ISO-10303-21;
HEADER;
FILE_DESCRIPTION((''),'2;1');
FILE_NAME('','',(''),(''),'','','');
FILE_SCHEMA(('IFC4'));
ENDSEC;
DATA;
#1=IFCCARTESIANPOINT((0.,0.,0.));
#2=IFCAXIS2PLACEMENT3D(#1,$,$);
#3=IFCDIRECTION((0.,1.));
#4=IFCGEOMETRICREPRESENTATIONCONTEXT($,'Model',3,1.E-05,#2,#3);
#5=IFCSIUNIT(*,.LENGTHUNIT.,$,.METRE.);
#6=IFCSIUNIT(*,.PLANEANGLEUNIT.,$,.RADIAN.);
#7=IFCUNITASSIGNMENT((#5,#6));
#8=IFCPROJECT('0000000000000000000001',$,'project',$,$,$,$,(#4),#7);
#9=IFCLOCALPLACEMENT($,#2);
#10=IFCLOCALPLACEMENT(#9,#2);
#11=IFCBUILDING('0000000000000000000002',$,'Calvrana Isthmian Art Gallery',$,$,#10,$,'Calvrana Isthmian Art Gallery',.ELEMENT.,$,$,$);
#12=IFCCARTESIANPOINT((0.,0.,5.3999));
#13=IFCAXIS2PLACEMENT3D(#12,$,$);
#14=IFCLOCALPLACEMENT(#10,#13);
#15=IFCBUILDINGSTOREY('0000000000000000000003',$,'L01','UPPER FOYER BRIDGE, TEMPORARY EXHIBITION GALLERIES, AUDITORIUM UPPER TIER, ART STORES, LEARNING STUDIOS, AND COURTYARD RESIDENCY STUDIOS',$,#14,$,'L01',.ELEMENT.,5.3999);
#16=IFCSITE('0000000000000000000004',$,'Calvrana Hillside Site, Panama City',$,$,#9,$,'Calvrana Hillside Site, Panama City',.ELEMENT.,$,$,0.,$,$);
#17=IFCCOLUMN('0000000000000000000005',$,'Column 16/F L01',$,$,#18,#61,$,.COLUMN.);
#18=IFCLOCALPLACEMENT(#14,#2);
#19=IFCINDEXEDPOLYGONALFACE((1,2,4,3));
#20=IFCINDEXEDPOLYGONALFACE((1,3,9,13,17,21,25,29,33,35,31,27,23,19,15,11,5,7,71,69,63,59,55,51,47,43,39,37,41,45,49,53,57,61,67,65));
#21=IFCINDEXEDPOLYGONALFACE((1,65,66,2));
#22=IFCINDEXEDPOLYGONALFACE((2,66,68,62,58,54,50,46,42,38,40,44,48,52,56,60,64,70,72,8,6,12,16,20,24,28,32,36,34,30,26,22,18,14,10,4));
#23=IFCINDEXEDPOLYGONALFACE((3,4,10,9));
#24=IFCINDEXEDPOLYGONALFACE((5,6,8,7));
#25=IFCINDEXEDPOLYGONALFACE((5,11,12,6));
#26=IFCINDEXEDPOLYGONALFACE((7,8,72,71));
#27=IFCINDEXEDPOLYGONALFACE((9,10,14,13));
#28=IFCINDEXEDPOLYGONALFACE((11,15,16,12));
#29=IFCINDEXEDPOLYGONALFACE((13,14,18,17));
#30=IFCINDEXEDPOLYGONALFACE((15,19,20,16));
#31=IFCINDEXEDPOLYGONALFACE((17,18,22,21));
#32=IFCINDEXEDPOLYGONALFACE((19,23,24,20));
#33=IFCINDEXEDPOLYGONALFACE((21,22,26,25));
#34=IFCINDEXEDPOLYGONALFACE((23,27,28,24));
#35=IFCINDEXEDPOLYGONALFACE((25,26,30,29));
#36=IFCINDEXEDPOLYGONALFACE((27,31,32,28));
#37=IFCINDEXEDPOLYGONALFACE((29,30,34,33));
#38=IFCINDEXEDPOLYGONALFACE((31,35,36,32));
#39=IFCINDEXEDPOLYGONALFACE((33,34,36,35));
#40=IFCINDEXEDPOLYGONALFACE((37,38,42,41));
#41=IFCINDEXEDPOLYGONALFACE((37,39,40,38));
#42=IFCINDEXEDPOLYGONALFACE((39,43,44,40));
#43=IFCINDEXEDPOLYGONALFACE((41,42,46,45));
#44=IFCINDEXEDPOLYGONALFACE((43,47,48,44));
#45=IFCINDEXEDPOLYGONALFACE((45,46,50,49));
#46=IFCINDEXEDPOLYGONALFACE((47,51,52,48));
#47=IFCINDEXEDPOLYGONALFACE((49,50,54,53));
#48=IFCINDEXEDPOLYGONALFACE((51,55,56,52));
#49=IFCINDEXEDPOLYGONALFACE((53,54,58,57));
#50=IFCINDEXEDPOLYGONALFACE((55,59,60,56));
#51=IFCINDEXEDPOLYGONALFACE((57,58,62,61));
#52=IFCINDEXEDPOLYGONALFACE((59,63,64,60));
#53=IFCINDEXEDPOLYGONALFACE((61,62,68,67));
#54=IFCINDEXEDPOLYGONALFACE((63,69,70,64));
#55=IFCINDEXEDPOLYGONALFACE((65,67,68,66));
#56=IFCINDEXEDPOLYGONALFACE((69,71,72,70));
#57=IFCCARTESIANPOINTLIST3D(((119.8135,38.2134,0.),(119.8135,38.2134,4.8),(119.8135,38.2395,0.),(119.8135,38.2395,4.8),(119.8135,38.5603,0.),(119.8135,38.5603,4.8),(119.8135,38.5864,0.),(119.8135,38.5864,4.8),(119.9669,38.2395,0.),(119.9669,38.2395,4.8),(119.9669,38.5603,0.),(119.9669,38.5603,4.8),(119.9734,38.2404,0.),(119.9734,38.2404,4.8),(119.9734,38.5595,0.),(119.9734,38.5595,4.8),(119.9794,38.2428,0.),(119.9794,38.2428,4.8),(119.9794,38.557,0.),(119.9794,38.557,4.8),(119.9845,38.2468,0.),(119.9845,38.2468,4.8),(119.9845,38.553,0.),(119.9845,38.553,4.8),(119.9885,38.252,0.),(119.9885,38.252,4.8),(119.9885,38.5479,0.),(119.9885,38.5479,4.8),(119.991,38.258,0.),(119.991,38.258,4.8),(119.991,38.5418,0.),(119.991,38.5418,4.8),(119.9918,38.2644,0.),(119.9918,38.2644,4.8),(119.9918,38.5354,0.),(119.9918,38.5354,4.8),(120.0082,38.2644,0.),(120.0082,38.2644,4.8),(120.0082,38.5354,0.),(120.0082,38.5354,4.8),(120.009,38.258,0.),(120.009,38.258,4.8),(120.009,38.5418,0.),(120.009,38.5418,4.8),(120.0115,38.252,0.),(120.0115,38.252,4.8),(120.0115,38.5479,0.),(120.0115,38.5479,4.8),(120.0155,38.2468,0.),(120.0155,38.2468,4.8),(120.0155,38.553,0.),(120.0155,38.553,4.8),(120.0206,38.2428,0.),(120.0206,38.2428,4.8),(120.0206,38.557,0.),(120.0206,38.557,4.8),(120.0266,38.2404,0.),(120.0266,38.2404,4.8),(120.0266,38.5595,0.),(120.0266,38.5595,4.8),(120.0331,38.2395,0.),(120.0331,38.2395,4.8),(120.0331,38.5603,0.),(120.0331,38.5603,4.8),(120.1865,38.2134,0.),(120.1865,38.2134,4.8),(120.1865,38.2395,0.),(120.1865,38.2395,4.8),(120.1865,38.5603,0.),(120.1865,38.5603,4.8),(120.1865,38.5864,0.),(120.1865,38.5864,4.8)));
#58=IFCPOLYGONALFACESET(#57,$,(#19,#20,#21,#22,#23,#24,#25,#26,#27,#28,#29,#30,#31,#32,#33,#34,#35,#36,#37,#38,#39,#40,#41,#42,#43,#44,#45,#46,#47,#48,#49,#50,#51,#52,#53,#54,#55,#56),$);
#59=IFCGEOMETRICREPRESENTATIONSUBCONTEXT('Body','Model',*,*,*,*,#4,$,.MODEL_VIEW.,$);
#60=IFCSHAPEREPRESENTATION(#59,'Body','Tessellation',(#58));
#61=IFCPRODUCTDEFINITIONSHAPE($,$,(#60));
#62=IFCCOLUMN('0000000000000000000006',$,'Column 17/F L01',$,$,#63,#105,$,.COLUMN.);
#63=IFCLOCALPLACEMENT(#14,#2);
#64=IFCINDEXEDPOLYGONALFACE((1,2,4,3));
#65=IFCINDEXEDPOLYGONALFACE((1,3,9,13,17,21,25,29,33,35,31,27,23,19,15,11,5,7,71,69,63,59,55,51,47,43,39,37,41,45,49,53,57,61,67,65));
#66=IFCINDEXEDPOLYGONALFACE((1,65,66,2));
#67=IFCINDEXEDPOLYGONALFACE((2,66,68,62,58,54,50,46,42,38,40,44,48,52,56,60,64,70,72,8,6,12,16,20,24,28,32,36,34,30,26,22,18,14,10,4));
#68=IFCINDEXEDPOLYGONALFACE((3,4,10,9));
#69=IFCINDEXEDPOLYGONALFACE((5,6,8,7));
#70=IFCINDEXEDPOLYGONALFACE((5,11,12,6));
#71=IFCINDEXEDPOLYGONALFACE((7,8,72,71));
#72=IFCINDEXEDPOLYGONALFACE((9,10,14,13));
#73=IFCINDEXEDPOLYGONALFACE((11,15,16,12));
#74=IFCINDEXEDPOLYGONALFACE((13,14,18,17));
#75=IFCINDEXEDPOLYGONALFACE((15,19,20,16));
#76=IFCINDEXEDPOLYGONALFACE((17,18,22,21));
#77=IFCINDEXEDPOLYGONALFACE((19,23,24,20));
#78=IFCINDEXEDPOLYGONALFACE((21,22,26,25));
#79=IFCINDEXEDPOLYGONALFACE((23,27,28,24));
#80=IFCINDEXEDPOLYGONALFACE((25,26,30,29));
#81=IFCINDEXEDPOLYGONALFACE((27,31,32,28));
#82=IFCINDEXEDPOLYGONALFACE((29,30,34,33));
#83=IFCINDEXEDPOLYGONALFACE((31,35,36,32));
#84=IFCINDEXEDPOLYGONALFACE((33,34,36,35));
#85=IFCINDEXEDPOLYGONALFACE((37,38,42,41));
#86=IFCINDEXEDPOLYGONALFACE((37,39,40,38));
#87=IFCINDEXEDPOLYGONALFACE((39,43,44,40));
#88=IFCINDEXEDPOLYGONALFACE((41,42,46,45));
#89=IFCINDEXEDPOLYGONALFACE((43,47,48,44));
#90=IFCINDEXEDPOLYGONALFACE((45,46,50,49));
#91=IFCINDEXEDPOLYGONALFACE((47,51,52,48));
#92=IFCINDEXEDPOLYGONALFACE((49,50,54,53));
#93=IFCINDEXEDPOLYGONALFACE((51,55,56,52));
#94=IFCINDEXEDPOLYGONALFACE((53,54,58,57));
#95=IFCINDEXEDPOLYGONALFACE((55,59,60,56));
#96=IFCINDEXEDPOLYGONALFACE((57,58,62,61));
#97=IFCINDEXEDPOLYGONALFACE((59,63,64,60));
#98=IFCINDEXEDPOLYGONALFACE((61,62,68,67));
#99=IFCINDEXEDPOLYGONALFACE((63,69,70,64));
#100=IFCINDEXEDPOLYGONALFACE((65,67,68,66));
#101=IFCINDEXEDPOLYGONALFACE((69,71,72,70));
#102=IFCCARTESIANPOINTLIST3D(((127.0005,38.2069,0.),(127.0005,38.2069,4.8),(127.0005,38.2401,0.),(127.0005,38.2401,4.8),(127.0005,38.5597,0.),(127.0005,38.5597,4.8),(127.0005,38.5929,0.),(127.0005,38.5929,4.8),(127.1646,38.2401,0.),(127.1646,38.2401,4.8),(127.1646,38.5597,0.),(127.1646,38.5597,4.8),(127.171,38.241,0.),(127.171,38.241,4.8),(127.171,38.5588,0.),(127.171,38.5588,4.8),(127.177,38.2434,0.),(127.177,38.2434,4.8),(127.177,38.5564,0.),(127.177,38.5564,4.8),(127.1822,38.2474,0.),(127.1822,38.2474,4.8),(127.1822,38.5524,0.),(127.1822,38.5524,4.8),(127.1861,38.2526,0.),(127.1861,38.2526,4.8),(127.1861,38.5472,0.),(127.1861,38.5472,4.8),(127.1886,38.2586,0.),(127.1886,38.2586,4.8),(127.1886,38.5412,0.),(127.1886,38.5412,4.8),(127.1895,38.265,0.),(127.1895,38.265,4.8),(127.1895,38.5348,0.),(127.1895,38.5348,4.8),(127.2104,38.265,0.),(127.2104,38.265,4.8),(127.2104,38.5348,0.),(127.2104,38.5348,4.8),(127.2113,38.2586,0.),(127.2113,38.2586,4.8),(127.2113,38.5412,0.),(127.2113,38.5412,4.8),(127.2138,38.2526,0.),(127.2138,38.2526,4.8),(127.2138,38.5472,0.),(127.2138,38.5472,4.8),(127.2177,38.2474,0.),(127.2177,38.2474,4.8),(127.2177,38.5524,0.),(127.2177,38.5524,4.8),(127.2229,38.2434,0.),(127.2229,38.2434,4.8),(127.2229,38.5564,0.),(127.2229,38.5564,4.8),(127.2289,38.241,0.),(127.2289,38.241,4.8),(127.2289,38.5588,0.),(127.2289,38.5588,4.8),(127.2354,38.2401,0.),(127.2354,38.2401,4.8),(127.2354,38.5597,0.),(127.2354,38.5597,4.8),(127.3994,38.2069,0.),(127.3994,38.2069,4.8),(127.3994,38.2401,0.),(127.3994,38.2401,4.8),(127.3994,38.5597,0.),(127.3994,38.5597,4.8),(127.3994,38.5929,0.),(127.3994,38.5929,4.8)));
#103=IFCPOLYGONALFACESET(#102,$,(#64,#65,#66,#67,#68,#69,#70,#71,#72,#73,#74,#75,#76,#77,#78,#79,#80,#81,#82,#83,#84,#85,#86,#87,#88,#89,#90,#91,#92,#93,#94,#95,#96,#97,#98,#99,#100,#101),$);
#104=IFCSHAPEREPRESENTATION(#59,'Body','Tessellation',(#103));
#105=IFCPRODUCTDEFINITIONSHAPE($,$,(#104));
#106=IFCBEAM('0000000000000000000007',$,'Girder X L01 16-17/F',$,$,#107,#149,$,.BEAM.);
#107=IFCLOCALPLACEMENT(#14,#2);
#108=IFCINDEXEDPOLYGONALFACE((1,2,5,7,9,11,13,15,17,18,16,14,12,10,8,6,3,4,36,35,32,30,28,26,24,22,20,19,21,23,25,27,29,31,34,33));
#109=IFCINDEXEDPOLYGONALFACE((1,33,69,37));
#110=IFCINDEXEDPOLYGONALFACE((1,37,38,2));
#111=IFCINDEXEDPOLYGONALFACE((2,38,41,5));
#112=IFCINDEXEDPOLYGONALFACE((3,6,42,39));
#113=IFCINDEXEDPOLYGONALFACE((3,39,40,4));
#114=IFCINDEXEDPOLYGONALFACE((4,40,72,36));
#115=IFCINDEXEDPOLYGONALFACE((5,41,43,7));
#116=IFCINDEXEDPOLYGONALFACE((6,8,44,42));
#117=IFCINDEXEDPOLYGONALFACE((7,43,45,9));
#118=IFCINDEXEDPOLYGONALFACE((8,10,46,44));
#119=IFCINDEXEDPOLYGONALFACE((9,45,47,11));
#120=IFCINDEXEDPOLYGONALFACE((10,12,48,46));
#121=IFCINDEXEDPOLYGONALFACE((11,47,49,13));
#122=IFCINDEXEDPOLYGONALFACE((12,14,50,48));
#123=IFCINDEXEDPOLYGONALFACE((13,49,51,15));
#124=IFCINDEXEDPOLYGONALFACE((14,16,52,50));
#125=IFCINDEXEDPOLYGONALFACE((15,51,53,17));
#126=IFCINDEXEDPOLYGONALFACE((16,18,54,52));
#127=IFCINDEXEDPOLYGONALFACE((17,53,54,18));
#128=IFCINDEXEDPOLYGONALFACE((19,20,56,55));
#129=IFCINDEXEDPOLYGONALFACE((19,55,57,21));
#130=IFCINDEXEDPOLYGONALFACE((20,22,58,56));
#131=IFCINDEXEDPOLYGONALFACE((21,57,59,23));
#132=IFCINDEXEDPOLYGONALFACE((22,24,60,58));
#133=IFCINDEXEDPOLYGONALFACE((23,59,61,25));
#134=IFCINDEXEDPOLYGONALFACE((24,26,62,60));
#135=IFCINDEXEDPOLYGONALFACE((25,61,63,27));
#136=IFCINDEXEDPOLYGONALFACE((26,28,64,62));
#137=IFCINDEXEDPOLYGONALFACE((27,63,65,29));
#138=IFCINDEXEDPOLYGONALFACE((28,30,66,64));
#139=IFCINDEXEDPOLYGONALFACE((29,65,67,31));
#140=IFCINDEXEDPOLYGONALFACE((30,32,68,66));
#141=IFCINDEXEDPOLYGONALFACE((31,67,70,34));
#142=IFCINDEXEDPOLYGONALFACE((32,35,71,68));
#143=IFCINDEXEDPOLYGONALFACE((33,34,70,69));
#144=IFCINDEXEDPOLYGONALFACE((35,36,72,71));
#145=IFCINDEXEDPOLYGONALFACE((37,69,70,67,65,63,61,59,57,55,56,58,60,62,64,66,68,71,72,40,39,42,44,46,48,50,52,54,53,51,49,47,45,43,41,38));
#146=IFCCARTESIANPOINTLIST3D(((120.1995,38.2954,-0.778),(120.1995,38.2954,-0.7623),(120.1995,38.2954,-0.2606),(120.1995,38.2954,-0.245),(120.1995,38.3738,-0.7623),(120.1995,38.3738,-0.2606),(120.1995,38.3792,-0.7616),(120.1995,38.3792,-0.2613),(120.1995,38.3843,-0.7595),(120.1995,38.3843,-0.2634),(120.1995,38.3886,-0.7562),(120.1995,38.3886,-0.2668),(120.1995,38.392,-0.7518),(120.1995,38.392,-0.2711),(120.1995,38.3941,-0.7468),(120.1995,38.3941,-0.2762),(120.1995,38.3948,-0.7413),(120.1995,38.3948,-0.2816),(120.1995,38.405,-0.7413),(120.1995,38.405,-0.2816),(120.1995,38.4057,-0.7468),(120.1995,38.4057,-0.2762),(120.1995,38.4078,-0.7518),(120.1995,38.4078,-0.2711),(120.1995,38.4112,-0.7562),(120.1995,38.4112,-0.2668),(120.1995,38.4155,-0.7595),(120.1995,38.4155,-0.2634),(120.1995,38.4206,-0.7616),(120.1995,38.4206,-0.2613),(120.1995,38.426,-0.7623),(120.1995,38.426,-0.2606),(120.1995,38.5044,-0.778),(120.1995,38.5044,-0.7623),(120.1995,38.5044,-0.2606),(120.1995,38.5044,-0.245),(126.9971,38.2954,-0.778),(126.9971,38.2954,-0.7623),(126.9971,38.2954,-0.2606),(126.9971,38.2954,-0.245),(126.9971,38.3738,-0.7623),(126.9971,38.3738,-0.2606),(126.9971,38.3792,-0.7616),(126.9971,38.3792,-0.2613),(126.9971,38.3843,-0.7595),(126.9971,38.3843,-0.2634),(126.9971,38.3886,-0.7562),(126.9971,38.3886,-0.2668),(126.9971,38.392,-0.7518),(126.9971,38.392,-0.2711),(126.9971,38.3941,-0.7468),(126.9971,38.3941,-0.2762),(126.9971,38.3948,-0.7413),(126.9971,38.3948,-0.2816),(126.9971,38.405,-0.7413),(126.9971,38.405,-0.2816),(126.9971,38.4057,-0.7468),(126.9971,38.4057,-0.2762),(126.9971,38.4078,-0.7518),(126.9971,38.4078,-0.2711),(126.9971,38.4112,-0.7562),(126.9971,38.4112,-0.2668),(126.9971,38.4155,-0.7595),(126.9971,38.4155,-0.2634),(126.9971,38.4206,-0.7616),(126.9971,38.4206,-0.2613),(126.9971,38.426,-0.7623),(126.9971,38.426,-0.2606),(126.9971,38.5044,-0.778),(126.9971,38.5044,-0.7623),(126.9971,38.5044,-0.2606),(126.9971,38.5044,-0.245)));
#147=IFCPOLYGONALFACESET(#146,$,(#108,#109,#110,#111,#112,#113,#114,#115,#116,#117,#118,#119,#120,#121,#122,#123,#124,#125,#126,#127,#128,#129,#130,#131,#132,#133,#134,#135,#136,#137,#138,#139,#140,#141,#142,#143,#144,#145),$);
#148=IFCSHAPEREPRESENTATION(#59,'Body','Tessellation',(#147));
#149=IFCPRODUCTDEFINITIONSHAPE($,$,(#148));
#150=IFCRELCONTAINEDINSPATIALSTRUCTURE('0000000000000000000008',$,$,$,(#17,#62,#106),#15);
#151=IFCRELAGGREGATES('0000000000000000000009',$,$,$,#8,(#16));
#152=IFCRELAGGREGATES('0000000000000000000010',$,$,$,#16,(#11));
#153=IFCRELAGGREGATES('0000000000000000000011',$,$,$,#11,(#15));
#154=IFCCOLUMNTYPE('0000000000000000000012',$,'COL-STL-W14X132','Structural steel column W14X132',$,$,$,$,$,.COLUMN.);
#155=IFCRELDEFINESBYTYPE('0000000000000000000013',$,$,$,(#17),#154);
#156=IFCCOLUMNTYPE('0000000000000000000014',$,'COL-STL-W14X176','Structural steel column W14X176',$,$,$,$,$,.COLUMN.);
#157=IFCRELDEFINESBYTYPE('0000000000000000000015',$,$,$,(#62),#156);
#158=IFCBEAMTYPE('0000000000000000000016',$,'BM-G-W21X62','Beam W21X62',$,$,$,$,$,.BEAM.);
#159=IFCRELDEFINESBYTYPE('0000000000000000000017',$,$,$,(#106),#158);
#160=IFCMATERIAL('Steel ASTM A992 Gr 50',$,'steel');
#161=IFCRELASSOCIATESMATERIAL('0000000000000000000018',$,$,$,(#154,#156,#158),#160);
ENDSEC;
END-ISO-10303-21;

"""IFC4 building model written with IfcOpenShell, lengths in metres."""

from ifc_helpers import new_model, si_unit, direction, frame, origin, origin_2d, place, context, subcontext, project, spatial, i_section, extrude, material, material_profile, profile_set, type_object, element, save


model = new_model("IFC4")

# Units and contexts
model_context = context("Model", 3, precision=1e-05, world=origin(), true_north=direction((0.0, 1.0)))
body_context = subcontext(model_context, "Body", "Model", "MODEL_VIEW")
ifc_project = project(units=[si_unit("LENGTHUNIT", "METRE"), si_unit("PLANEANGLEUNIT", "RADIAN")], contexts=[model_context])

# Site, building, storey
site_placement = place(None, origin())
site = spatial("IfcSite", under=ifc_project, at=site_placement, Name="Calvrana Hillside Site, Panama City", LongName="Calvrana Hillside Site, Panama City", CompositionType="ELEMENT", RefElevation=0.0)
building_placement = place(site_placement, origin())
building = spatial("IfcBuilding", under=site, at=building_placement, Name="Calvrana Isthmian Art Gallery", LongName="Calvrana Isthmian Art Gallery", CompositionType="ELEMENT")
storey_placement = place(building_placement, frame((0.0, 0.0, 5.3999)))
storey = spatial("IfcBuildingStorey", under=building, at=storey_placement, Name="L01", Description="UPPER FOYER BRIDGE, TEMPORARY EXHIBITION GALLERIES, AUDITORIUM UPPER TIER, ART STORES, LEARNING STUDIOS, AND COURTYARD RESIDENCY STUDIOS", LongName="L01", CompositionType="ELEMENT", Elevation=5.3999)

# Columns
ifc_material_1 = material(Name="Steel ASTM A992 Gr 50", Category="steel")
ifc_material_profile_1 = material_profile(ifc_material_1, i_section(OverallWidth=0.373, OverallDepth=0.373, WebThickness=0.0164, FlangeThickness=0.0261, FilletRadius=0.0249, at=origin_2d()), Name="W14X132")
ifc_profile_set_1 = profile_set([ifc_material_profile_1], Name="Steel ASTM A992 Gr 50")
column_type_1 = type_object("IfcColumnType", Name="COL-STL-W14X132", Description="Structural steel column W14X132", PredefinedType="COLUMN", material=ifc_profile_set_1)
column_1_placement = place(storey_placement, frame((120.0, 38.3999, 0.0), z_axis=(0.0, 0.0, 1.0), x_axis=(1.0, 0.0, 0.0)))
element("IfcColumn", 1, at=column_1_placement, inside=storey, type_object=column_type_1, Name="Column 16/F L01", PredefinedType="COLUMN", context=body_context, shape_type="SweptSolid", body=[
    extrude(i_section(OverallWidth=0.373, OverallDepth=0.373, WebThickness=0.0164, FlangeThickness=0.0261, FilletRadius=0.0249, at=origin_2d()), origin(), (0.0, 0.0, 1.0), 4.8),
])
ifc_material_profile_2 = material_profile(ifc_material_1, i_section(OverallWidth=0.3989, OverallDepth=0.386, WebThickness=0.021, FlangeThickness=0.0332, FilletRadius=0.0249, at=origin_2d()), Name="W14X176")
ifc_profile_set_2 = profile_set([ifc_material_profile_2], Name="Steel ASTM A992 Gr 50")
column_type_2 = type_object("IfcColumnType", Name="COL-STL-W14X176", Description="Structural steel column W14X176", PredefinedType="COLUMN", material=ifc_profile_set_2)
column_2_placement = place(storey_placement, frame((127.2, 38.3999, 0.0), z_axis=(0.0, 0.0, 1.0), x_axis=(1.0, 0.0, 0.0)))
element("IfcColumn", 2, at=column_2_placement, inside=storey, type_object=column_type_2, Name="Column 17/F L01", PredefinedType="COLUMN", context=body_context, shape_type="SweptSolid", body=[
    extrude(i_section(OverallWidth=0.3989, OverallDepth=0.386, WebThickness=0.021, FlangeThickness=0.0332, FilletRadius=0.0249, at=origin_2d()), origin(), (0.0, 0.0, 1.0), 4.8),
])

# Beam
ifc_material_profile_3 = material_profile(ifc_material_1, i_section(OverallWidth=0.209, OverallDepth=0.533, WebThickness=0.0103, FlangeThickness=0.0156, FilletRadius=0.021, at=origin_2d()), Name="W21X62")
ifc_profile_set_3 = profile_set([ifc_material_profile_3], Name="Steel ASTM A992 Gr 50")
beam_type_1 = type_object("IfcBeamType", Name="BM-G-W21X62", Description="Beam W21X62", PredefinedType="BEAM", material=ifc_profile_set_3)
beam_1_placement = place(storey_placement, frame((120.1995, 38.3999, -0.5115), z_axis=(1.0, 0.0, 0.0), x_axis=(0.0, 1.0, 0.0)))
element("IfcBeam", 3, at=beam_1_placement, inside=storey, type_object=beam_type_1, Name="Girder X L01 16-17/F", PredefinedType="BEAM", context=body_context, shape_type="SweptSolid", body=[
    extrude(i_section(OverallWidth=0.209, OverallDepth=0.533, WebThickness=0.0103, FlangeThickness=0.0156, FilletRadius=0.021, at=origin_2d()), origin(), (0.0, 0.0, 1.0), 6.7976),
])

save(model, "model.ifc")
